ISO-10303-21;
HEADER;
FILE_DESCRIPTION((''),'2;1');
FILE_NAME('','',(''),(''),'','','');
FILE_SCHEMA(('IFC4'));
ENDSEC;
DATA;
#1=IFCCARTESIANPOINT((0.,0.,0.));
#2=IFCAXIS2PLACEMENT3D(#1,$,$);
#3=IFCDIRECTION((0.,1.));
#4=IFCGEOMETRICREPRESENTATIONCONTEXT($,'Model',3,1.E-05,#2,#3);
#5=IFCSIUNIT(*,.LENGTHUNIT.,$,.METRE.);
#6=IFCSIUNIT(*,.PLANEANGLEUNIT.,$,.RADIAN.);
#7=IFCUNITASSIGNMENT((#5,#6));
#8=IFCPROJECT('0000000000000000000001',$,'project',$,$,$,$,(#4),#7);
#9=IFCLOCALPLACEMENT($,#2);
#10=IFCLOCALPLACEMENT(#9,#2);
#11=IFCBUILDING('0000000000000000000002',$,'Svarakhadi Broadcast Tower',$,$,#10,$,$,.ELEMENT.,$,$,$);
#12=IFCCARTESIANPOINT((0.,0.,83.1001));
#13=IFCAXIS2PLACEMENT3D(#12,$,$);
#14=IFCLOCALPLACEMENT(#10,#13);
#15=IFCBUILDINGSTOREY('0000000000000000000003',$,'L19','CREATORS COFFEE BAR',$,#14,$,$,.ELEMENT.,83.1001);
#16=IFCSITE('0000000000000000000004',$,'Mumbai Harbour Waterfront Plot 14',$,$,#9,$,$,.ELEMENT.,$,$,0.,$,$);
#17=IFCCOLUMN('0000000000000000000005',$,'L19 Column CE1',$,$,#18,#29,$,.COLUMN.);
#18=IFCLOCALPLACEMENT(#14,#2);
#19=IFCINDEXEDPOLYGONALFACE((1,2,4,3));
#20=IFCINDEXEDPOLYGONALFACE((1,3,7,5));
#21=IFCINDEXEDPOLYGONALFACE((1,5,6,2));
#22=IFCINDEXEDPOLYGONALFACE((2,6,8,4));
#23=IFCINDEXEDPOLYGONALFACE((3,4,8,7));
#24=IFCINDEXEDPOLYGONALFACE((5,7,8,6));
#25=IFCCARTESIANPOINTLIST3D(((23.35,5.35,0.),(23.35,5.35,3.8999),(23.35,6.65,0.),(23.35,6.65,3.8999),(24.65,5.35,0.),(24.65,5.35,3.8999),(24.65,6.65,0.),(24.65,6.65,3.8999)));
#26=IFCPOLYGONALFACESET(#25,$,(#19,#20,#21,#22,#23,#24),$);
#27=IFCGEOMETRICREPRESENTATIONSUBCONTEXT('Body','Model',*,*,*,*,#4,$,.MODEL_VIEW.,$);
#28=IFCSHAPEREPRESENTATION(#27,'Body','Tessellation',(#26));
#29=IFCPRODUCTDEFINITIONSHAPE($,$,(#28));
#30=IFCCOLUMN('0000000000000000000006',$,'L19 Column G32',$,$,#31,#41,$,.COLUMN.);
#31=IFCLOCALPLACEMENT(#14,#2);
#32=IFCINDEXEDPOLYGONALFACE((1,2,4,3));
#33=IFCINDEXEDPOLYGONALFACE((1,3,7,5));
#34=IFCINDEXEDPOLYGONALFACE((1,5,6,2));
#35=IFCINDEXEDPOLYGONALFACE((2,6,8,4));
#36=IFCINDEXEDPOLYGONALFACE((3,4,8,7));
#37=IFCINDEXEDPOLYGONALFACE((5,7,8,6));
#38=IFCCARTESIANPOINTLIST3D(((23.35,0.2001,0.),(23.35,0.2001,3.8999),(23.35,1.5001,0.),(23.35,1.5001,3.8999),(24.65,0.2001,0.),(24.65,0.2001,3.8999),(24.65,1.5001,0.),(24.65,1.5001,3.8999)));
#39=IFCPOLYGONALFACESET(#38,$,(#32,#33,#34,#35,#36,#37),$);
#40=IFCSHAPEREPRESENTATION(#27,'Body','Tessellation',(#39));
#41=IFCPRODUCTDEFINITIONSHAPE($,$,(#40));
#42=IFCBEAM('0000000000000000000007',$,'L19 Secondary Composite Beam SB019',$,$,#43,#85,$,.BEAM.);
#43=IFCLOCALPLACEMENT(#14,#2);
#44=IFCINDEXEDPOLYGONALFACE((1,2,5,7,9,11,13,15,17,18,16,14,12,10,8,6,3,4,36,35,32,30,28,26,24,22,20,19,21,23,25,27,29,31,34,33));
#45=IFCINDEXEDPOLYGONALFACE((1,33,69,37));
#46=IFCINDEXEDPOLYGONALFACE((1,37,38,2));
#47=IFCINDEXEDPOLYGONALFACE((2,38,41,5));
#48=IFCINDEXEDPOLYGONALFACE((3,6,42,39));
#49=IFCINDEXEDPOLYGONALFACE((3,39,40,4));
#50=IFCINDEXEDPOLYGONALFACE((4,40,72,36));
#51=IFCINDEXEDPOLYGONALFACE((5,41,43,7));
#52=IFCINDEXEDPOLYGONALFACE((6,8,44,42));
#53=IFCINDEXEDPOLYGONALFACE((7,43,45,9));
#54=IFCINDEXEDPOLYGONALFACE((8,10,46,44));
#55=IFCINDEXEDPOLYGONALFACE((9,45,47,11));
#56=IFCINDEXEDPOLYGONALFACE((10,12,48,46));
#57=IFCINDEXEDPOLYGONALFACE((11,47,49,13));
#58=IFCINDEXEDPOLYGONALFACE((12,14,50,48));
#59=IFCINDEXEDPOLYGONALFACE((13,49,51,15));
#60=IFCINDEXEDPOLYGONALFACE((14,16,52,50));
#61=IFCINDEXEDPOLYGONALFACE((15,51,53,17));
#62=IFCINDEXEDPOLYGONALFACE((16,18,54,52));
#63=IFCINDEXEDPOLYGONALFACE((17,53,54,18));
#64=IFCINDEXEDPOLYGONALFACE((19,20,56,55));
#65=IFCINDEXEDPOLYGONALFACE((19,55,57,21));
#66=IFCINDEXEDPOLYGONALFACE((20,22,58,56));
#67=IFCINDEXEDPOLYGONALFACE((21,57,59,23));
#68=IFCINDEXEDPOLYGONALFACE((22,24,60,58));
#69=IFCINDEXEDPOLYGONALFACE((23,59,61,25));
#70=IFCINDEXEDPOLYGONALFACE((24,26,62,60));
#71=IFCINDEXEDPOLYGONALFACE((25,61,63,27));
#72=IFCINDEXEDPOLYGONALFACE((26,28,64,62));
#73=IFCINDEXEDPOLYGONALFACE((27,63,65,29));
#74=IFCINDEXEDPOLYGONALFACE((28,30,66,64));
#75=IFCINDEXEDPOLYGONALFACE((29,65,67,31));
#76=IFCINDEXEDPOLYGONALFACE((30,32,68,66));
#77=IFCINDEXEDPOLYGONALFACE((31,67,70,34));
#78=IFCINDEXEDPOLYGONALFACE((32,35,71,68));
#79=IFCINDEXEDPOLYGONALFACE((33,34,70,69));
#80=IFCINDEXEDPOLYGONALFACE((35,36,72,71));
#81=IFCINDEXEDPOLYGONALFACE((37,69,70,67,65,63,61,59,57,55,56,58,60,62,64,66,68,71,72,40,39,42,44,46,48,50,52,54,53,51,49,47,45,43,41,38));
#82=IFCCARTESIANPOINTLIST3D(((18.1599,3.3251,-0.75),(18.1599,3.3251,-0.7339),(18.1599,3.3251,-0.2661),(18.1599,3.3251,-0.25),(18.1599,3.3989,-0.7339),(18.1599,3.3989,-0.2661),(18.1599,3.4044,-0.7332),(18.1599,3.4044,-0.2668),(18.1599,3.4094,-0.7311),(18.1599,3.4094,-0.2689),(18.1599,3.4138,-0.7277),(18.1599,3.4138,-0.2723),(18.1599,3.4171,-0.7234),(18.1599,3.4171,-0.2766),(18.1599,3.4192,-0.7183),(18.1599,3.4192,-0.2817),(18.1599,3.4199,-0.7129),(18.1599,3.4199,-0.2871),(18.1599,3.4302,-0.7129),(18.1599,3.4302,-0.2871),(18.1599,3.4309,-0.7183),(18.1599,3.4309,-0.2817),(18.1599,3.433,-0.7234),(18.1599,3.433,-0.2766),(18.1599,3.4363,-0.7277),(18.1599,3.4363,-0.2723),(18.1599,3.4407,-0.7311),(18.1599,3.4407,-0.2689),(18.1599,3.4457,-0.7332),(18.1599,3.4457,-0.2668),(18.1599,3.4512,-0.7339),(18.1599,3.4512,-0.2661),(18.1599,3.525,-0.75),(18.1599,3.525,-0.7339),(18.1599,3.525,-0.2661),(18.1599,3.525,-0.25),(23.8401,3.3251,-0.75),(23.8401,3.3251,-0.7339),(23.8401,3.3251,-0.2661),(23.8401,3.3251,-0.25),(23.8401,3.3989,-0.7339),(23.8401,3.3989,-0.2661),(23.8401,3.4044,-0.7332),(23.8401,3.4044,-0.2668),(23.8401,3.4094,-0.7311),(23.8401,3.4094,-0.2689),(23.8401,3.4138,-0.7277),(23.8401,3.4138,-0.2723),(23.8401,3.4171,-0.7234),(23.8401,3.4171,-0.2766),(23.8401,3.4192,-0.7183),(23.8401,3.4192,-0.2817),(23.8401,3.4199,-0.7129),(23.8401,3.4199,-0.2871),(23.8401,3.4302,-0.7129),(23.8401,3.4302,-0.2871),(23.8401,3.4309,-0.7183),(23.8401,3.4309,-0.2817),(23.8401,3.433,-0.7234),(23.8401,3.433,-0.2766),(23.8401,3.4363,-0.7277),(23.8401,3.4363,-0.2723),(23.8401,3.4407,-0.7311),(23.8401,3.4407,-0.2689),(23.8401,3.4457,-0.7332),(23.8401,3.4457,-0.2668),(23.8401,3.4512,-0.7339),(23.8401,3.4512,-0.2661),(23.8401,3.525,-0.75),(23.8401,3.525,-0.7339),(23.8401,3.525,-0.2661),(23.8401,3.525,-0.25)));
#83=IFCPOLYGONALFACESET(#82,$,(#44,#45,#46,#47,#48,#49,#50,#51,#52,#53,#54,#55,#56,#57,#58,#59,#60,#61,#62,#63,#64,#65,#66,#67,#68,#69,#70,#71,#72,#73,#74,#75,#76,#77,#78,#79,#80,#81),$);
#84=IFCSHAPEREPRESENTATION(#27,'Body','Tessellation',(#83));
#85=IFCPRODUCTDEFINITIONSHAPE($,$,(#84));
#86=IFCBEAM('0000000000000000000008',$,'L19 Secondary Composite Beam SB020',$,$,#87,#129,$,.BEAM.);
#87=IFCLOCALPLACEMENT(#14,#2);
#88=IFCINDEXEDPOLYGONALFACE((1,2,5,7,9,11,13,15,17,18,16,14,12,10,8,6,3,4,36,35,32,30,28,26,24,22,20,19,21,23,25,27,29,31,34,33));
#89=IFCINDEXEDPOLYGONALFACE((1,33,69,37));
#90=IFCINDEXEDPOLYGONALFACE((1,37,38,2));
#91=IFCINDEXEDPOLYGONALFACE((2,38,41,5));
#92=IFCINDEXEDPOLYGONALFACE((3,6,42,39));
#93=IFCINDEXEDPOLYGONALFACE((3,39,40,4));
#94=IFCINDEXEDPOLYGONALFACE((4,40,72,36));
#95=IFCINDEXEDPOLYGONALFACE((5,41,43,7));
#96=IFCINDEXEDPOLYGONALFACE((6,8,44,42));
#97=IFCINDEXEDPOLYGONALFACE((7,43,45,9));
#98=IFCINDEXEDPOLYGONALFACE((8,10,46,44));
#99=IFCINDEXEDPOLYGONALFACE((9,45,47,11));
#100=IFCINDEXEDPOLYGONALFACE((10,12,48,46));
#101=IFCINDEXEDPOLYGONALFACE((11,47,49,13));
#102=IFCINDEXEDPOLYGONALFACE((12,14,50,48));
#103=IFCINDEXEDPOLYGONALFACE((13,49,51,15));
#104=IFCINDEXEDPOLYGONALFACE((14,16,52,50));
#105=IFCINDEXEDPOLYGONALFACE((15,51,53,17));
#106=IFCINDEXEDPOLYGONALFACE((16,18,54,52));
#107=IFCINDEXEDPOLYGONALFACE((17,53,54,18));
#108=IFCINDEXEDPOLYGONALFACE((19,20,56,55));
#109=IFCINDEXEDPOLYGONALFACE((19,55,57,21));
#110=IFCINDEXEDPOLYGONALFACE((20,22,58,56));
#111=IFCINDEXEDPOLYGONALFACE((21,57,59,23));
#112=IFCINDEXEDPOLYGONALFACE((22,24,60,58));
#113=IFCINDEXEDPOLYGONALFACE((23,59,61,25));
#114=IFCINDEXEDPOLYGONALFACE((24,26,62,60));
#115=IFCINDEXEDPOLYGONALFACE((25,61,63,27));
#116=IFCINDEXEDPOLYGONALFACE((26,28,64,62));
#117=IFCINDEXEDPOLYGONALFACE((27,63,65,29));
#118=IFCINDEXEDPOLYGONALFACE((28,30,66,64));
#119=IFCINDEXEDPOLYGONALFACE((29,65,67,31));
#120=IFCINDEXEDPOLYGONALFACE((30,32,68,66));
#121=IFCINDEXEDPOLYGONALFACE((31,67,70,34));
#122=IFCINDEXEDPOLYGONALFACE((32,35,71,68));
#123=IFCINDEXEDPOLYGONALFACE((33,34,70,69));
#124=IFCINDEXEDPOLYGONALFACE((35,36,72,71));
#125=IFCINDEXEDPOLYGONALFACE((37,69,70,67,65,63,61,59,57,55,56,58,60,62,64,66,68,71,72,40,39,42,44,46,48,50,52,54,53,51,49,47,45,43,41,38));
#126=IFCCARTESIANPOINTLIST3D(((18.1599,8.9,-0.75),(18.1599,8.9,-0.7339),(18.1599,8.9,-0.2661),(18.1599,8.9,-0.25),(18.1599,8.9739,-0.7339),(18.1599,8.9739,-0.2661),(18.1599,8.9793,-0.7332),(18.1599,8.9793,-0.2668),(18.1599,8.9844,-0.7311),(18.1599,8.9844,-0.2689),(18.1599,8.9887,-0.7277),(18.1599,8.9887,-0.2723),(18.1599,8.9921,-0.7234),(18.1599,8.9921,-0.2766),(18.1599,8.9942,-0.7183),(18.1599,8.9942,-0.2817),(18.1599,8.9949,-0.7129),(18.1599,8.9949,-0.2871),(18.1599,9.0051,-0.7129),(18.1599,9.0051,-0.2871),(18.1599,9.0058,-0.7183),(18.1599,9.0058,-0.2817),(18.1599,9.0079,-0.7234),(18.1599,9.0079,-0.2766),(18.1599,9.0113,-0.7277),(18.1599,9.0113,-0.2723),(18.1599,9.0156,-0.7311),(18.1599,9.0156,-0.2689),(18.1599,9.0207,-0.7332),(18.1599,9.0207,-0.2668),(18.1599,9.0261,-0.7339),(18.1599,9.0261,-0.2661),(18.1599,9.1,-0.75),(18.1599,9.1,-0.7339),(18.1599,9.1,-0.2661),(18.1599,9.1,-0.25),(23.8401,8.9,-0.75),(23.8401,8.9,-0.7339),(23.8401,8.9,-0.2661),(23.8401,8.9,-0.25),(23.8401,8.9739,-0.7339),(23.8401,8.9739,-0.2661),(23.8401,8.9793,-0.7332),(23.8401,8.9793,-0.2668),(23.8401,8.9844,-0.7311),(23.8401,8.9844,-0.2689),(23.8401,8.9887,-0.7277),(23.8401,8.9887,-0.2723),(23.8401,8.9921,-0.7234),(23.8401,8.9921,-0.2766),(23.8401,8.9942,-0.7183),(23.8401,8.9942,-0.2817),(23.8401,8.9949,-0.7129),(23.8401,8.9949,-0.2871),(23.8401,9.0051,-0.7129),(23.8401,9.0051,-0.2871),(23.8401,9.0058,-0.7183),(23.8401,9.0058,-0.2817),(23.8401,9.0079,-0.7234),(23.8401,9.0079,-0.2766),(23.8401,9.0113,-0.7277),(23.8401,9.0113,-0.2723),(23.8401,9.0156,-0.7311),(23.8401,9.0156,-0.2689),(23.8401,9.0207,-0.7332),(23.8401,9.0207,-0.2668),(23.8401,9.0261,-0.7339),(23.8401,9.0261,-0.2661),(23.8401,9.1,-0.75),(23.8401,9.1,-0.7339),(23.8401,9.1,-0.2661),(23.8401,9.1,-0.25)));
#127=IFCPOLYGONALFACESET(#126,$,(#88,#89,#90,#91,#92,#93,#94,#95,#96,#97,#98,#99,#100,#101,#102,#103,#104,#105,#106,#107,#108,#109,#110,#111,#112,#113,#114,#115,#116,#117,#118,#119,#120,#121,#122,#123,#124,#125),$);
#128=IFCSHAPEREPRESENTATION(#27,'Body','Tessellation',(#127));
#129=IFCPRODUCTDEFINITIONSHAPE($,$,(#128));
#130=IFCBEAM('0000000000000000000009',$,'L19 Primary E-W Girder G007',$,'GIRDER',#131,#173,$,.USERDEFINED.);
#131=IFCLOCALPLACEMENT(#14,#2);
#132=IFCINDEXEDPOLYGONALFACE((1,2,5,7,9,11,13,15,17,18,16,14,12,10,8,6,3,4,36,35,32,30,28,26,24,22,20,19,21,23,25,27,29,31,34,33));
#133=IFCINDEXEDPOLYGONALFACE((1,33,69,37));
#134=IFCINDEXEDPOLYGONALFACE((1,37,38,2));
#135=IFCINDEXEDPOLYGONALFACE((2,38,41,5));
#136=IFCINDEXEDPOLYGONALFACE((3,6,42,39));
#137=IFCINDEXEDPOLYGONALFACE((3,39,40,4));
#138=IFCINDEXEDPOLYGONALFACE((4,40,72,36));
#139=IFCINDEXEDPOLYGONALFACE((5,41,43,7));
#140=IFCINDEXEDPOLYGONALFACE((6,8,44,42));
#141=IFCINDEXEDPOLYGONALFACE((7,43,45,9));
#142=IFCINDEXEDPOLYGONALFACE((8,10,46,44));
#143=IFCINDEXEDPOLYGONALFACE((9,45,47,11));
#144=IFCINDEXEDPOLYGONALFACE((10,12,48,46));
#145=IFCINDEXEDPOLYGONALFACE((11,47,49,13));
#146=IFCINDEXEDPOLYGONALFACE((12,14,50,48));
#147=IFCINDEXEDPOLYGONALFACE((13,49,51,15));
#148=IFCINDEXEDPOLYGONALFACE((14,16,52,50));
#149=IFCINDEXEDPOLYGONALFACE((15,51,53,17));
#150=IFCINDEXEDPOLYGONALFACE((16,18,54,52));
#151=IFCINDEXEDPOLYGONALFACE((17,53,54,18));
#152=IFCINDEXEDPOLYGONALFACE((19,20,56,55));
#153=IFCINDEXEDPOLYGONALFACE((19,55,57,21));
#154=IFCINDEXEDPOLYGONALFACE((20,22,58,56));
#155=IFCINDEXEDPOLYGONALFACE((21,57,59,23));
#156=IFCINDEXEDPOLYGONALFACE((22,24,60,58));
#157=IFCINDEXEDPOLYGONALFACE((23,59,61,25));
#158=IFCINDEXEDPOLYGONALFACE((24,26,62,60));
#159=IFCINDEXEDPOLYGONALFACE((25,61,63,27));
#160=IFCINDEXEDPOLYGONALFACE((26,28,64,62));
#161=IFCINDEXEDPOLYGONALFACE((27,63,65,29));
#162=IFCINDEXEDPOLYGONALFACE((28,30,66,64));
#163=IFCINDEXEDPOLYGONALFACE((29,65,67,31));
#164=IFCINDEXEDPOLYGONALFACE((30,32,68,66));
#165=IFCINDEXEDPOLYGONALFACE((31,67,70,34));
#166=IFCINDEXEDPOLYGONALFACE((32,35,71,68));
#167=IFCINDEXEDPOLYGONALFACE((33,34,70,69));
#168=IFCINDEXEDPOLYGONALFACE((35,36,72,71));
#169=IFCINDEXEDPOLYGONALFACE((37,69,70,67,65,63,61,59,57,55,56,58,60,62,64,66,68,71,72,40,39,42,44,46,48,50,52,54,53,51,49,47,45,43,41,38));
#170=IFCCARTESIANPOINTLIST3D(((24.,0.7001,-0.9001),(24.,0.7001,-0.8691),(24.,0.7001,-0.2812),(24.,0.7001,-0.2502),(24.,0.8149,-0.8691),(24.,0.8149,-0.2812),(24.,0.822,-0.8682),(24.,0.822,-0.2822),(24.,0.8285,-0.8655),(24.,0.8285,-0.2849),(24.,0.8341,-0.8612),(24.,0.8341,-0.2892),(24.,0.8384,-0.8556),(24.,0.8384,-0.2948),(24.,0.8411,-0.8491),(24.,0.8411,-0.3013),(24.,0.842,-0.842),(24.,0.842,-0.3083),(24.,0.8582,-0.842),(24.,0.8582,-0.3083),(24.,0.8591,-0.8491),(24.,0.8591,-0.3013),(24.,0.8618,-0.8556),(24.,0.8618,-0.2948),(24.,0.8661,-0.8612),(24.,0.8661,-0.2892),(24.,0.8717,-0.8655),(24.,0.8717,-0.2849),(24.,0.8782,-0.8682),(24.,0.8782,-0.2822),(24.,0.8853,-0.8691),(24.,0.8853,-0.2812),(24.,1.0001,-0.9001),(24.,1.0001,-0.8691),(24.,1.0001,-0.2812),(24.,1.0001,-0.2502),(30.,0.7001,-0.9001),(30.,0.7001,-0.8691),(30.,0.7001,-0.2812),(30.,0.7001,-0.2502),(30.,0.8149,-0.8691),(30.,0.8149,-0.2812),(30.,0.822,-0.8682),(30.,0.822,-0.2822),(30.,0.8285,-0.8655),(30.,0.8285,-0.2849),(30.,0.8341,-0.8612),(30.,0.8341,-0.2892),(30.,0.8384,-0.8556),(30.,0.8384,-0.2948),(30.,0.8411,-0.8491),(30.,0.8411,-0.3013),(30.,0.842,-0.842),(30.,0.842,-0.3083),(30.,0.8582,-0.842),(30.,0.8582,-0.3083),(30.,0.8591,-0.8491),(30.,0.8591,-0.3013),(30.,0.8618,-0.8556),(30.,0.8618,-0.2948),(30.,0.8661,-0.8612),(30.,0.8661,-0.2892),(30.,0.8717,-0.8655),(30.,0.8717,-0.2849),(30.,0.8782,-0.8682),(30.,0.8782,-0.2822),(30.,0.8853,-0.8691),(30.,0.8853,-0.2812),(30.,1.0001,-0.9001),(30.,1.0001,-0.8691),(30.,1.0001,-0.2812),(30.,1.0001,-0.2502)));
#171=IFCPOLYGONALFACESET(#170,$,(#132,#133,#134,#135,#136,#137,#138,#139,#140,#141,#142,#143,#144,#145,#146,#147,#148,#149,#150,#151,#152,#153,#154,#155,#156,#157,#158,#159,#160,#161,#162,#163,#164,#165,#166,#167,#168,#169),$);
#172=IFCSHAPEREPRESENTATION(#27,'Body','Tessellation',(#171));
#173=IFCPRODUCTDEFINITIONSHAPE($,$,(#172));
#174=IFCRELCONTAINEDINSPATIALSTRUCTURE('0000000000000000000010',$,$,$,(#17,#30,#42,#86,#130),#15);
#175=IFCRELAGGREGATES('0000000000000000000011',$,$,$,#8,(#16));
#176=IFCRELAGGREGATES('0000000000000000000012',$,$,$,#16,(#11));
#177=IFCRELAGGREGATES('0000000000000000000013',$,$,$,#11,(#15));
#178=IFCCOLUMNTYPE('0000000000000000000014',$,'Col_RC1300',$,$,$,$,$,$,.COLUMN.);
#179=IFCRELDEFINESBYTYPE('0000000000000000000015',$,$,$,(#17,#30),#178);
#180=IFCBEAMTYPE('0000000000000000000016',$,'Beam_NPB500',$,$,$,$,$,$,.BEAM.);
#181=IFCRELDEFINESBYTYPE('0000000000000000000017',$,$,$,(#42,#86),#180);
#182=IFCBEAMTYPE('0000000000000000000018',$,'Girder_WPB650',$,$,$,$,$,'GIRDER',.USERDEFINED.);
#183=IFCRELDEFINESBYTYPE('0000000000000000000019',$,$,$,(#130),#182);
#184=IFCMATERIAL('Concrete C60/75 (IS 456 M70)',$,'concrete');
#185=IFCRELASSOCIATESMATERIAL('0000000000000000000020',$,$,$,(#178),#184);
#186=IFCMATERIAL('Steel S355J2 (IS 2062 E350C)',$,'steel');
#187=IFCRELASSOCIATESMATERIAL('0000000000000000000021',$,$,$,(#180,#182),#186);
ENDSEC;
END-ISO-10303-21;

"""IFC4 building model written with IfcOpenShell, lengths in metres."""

from ifc_helpers import new_model, si_unit, direction, frame, origin, origin_2d, place, context, subcontext, project, spatial, rectangle, i_section, extrude, material, material_profile, profile_set, type_object, element, save


model = new_model("IFC4")

# Units and contexts
model_context = context("Model", 3, precision=1e-05, world=origin(), true_north=direction((0.0, 1.0)))
body_context = subcontext(model_context, "Body", "Model", "MODEL_VIEW")
ifc_project = project(units=[si_unit("LENGTHUNIT", "METRE"), si_unit("PLANEANGLEUNIT", "RADIAN")], contexts=[model_context])

# Site, building, storey
site_placement = place(None, origin())
site = spatial("IfcSite", under=ifc_project, at=site_placement, Name="Mumbai Harbour Waterfront Plot 14", CompositionType="ELEMENT", RefElevation=0.0)
building_placement = place(site_placement, origin())
building = spatial("IfcBuilding", under=site, at=building_placement, Name="Svarakhadi Broadcast Tower", CompositionType="ELEMENT")
storey_placement = place(building_placement, frame((0.0, 0.0, 83.1001)))
storey = spatial("IfcBuildingStorey", under=building, at=storey_placement, Name="L19", Description="CREATORS COFFEE BAR", CompositionType="ELEMENT", Elevation=83.1001)

# Columns
ifc_material_1 = material(Name="Concrete C60/75 (IS 456 M70)", Category="concrete")
ifc_material_profile_1 = material_profile(ifc_material_1, rectangle(XDim=1.3, YDim=1.3, at=origin_2d()), Name="RC 1300x1300")
ifc_profile_set_1 = profile_set([ifc_material_profile_1], Name="Concrete C60/75 (IS 456 M70)")
column_type = type_object("IfcColumnType", Name="Col_RC1300", PredefinedType="COLUMN", material=ifc_profile_set_1)
for number, where, z_axis, x_axis, name in (
    (1, (24.0, 6.0, 0.0), (0.0, 0.0, 1.0), (1.0, 0.0, 0.0), "L19 Column CE1"),
    (2, (24.0, 0.8501, 0.0), (0.0, 0.0, 1.0), (1.0, 0.0, 0.0), "L19 Column G32"),
):
    element("IfcColumn", number, at=place(storey_placement, frame(where, z_axis=z_axis, x_axis=x_axis)), inside=storey, type_object=column_type, Name=name, PredefinedType="COLUMN", context=body_context, shape_type="SweptSolid", body=[
        extrude(rectangle(XDim=1.3, YDim=1.3, at=origin_2d()), origin(), (0.0, 0.0, 1.0), 3.8999),
    ])

# Beams
ifc_material_2 = material(Name="Steel S355J2 (IS 2062 E350C)", Category="steel")
ifc_material_profile_2 = material_profile(ifc_material_2, i_section(OverallWidth=0.2, OverallDepth=0.5, WebThickness=0.0103, FlangeThickness=0.0161, FilletRadius=0.021, at=origin_2d()), Name="NPB 500x200x91")
ifc_profile_set_2 = profile_set([ifc_material_profile_2], Name="Steel S355J2 (IS 2062 E350C)")
beam_type_1 = type_object("IfcBeamType", Name="Beam_NPB500", PredefinedType="BEAM", material=ifc_profile_set_2)
for number, where, z_axis, x_axis, name in (
    (3, (18.1599, 3.425, -0.5), (1.0, 0.0, 0.0), (0.0, 1.0, 0.0), "L19 Secondary Composite Beam SB019"),
    (4, (18.1599, 9.0, -0.5), (1.0, 0.0, 0.0), (0.0, 1.0, 0.0), "L19 Secondary Composite Beam SB020"),
):
    element("IfcBeam", number, at=place(storey_placement, frame(where, z_axis=z_axis, x_axis=x_axis)), inside=storey, type_object=beam_type_1, Name=name, PredefinedType="BEAM", context=body_context, shape_type="SweptSolid", body=[
        extrude(i_section(OverallWidth=0.2, OverallDepth=0.5, WebThickness=0.0103, FlangeThickness=0.0161, FilletRadius=0.021, at=origin_2d()), origin(), (0.0, 0.0, 1.0), 5.6802),
    ])
ifc_material_profile_3 = material_profile(ifc_material_2, i_section(OverallWidth=0.3, OverallDepth=0.6499, WebThickness=0.0161, FlangeThickness=0.031, FilletRadius=0.0271, at=origin_2d()), Name="WPB 650x300x225")
ifc_profile_set_3 = profile_set([ifc_material_profile_3], Name="Steel S355J2 (IS 2062 E350C)")
beam_type_2 = type_object("IfcBeamType", Name="Girder_WPB650", ElementType="GIRDER", PredefinedType="USERDEFINED", material=ifc_profile_set_3)
beam_1_placement = place(storey_placement, frame((24.0, 0.8501, -0.5752), z_axis=(1.0, 0.0, 0.0), x_axis=(0.0, 1.0, 0.0)))
element("IfcBeam", 5, at=beam_1_placement, inside=storey, type_object=beam_type_2, Name="L19 Primary E-W Girder G007", ObjectType="GIRDER", PredefinedType="USERDEFINED", context=body_context, shape_type="SweptSolid", body=[
    extrude(i_section(OverallWidth=0.3, OverallDepth=0.6499, WebThickness=0.0161, FlangeThickness=0.031, FilletRadius=0.0271, at=origin_2d()), origin(), (0.0, 0.0, 1.0), 6.0),
])

save(model, "model.ifc")
